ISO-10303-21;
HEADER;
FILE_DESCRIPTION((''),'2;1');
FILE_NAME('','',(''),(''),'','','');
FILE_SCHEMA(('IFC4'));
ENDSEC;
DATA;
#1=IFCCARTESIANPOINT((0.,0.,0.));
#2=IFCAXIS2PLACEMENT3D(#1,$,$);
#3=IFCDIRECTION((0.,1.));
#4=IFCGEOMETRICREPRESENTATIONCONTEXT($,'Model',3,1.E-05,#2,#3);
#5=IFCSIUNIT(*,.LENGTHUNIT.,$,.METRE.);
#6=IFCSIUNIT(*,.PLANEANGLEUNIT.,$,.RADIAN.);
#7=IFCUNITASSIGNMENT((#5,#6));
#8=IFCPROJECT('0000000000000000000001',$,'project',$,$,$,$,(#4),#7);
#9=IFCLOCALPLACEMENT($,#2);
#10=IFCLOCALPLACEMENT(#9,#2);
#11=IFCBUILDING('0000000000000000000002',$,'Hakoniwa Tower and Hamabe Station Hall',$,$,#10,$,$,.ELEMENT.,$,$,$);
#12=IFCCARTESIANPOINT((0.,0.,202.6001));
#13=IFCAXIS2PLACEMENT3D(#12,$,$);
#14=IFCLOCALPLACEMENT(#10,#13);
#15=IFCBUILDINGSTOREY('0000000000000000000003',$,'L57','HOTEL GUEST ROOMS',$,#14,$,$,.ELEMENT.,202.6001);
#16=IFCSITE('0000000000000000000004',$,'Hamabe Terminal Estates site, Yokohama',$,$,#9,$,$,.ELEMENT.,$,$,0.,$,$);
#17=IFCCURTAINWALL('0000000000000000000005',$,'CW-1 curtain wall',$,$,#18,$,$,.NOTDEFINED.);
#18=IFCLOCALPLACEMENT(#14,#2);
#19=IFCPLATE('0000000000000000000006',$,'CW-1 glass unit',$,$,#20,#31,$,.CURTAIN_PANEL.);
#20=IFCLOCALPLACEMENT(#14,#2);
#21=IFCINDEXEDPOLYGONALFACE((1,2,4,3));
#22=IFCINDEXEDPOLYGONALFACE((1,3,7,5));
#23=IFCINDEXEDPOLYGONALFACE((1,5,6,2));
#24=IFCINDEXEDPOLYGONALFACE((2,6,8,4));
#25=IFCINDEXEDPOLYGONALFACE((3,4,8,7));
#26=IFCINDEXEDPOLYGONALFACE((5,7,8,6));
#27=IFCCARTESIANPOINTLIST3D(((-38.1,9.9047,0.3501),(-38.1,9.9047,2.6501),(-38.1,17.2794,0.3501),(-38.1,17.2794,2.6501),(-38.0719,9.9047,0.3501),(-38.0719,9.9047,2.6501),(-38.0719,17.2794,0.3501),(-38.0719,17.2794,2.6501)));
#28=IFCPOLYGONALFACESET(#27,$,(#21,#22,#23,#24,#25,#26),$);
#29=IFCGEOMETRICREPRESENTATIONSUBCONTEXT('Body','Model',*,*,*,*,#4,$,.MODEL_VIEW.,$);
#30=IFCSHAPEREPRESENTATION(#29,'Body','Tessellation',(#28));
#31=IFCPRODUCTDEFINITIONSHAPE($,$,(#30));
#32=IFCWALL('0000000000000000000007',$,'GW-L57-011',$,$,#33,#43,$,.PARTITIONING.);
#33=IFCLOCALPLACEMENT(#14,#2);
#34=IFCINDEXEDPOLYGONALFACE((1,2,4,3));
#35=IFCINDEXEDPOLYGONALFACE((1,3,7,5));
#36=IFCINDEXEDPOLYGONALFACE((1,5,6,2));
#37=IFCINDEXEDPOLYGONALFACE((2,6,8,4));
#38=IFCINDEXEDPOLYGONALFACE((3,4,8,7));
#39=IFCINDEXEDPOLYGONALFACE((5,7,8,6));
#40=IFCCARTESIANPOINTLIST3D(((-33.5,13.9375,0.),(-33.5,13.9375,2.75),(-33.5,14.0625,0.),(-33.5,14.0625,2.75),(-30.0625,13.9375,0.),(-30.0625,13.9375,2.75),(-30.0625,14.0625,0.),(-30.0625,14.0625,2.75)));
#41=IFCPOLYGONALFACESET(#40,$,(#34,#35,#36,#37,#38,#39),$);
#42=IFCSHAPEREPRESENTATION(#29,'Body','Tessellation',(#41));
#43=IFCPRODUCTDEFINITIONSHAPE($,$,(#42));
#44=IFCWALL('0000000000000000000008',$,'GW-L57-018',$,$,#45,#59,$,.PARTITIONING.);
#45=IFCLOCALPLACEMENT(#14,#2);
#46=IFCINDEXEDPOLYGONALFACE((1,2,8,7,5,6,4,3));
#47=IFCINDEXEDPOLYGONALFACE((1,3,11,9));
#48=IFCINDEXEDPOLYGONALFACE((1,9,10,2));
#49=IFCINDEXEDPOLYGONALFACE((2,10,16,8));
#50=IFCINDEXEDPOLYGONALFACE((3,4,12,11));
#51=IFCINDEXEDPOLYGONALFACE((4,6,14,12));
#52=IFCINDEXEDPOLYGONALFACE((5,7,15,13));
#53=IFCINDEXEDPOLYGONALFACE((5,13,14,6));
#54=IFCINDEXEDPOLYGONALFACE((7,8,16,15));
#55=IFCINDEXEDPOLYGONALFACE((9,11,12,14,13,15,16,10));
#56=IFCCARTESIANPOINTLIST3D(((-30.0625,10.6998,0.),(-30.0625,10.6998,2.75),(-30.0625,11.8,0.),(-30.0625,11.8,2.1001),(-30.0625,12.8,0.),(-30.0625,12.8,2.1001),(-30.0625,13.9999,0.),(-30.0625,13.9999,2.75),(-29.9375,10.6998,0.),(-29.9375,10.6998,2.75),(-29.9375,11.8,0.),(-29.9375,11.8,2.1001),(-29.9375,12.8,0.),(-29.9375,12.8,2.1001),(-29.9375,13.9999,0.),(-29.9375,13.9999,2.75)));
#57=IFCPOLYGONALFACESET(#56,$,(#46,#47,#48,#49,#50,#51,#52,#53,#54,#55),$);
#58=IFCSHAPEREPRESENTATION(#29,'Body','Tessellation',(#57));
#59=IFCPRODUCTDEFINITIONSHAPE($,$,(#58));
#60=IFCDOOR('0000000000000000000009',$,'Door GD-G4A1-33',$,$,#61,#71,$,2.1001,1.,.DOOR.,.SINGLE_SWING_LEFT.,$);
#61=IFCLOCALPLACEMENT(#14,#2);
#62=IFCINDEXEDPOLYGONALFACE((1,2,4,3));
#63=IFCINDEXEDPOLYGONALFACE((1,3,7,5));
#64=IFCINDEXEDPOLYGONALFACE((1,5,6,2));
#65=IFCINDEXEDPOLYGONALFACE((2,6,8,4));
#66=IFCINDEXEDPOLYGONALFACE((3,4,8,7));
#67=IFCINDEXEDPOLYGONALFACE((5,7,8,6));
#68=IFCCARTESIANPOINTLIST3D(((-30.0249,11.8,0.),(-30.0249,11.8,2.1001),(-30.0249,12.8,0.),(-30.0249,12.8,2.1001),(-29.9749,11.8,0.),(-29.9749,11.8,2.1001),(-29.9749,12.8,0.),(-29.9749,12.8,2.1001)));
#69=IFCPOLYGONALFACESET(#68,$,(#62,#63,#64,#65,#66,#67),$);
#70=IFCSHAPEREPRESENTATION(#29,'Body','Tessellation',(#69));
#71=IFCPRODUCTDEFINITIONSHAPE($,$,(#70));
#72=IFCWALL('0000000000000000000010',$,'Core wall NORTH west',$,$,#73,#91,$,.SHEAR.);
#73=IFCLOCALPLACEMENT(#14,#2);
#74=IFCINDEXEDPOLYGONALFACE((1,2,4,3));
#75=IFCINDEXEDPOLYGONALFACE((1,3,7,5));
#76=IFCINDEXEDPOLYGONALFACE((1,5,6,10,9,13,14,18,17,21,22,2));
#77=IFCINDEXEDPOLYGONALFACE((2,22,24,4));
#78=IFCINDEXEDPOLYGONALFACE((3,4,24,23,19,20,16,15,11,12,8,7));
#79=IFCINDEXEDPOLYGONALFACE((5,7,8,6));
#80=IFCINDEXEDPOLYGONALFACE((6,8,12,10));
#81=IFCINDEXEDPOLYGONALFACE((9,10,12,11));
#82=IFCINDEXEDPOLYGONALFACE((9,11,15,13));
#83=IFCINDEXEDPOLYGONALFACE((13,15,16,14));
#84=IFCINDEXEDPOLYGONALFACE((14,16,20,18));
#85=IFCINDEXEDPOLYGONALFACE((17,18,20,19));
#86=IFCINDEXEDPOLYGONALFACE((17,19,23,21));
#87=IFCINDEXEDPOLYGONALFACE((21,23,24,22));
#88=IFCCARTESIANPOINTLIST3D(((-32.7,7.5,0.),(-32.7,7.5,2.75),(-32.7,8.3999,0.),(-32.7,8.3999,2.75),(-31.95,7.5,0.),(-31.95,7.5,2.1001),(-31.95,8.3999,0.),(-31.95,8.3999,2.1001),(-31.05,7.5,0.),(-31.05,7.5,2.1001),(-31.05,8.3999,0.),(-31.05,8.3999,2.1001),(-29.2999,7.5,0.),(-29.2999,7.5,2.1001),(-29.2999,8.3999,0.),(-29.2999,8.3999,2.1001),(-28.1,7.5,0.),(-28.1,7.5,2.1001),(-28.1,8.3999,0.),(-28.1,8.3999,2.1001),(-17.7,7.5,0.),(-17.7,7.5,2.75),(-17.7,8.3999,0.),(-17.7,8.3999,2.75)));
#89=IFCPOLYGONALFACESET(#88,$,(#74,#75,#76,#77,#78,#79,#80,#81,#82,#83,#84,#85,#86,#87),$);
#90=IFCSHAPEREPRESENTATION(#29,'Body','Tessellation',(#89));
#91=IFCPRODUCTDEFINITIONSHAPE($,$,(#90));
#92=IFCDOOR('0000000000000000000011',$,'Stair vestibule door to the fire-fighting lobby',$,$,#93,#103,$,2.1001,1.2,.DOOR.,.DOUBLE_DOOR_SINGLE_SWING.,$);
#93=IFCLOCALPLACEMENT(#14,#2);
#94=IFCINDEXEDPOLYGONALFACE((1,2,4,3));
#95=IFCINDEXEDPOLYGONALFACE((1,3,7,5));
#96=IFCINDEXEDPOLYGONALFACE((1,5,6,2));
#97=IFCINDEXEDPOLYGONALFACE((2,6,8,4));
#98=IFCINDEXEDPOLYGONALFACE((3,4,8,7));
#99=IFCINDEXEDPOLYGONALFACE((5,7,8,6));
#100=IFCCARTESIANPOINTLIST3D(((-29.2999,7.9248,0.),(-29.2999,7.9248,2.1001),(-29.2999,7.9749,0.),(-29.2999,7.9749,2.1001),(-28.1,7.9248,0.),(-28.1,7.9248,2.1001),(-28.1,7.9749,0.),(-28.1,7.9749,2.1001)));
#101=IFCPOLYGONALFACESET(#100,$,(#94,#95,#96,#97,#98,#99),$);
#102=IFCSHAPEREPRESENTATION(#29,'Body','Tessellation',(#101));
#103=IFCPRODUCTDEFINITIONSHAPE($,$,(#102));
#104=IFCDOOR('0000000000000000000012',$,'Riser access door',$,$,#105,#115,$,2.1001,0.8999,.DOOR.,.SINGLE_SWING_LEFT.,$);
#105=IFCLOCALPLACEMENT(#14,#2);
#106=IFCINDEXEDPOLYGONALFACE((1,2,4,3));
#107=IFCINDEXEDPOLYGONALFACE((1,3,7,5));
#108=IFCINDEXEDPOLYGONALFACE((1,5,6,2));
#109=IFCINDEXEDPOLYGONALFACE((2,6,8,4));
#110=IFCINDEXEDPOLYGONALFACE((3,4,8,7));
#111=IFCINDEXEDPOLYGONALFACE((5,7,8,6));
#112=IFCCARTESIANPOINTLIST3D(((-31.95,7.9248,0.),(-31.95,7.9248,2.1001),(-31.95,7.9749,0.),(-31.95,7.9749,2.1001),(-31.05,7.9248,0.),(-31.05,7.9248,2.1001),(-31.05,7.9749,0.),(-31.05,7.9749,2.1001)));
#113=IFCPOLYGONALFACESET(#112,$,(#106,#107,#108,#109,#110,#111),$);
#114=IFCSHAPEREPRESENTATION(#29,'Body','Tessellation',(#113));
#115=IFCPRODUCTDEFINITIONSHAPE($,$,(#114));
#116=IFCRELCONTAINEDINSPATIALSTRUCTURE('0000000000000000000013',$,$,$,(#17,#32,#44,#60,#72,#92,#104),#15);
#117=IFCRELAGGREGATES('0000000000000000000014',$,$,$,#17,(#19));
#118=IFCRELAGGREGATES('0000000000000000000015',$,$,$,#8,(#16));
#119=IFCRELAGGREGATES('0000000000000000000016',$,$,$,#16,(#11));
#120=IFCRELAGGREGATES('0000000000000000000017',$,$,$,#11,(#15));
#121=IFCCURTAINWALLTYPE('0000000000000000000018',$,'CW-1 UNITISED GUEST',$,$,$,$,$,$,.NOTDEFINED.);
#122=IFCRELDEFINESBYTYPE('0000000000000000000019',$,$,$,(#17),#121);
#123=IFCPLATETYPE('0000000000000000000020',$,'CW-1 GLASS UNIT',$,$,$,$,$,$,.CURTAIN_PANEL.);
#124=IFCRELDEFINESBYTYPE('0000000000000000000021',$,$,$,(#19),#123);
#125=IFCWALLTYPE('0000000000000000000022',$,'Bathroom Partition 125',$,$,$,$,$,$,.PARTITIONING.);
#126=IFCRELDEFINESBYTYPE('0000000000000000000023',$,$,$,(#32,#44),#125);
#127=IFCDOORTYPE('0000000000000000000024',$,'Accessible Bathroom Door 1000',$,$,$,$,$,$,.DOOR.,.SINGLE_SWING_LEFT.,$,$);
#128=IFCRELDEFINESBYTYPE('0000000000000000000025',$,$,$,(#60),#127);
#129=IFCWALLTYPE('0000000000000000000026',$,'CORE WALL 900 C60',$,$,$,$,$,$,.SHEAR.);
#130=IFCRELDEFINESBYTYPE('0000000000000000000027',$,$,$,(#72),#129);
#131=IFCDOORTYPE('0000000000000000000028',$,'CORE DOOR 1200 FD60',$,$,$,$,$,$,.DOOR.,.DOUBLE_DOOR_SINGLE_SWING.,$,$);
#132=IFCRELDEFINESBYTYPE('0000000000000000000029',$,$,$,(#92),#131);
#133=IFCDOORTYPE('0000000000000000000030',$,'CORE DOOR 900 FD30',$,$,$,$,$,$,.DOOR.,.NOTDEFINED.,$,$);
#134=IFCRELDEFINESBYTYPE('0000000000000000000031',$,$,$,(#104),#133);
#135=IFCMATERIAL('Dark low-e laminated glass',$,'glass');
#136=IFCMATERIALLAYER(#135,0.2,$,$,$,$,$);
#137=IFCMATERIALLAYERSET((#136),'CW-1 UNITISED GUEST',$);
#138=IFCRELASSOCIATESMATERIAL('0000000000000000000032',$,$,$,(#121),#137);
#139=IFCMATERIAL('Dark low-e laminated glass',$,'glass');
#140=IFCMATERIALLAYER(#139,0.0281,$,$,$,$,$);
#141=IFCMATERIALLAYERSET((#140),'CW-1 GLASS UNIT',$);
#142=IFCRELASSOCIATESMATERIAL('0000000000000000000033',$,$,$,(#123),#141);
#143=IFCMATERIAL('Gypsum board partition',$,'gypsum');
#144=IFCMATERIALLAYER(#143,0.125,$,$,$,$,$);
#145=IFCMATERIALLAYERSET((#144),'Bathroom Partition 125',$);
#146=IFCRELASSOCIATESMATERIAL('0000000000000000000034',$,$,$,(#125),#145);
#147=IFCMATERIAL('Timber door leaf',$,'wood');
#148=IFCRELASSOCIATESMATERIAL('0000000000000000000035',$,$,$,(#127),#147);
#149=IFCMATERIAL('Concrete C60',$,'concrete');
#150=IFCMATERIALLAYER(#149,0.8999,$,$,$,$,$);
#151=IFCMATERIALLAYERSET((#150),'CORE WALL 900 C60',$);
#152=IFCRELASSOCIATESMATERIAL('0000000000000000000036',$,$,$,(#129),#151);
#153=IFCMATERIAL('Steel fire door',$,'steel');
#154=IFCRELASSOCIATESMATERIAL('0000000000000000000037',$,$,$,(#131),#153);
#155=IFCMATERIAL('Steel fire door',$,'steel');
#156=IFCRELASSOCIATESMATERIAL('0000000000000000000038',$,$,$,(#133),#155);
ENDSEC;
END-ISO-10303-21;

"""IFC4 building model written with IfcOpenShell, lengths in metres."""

from ifc_helpers import new_model, si_unit, direction, frame, frame_2d, origin, origin_2d, place, context, subcontext, project, spatial, rectangle, extrude, material, layer, layer_set, type_object, element, fill, aggregate, save


model = new_model("IFC4")

# Units and contexts
model_context = context("Model", 3, precision=1e-05, world=origin(), true_north=direction((0.0, 1.0)))
body_context = subcontext(model_context, "Body", "Model", "MODEL_VIEW")
ifc_project = project(units=[si_unit("LENGTHUNIT", "METRE"), si_unit("PLANEANGLEUNIT", "RADIAN")], contexts=[model_context])

# Site, building, storey
site_placement = place(None, origin())
site = spatial("IfcSite", under=ifc_project, at=site_placement, Name="Hamabe Terminal Estates site, Yokohama", CompositionType="ELEMENT", RefElevation=0.0)
building_placement = place(site_placement, origin())
building = spatial("IfcBuilding", under=site, at=building_placement, Name="Hakoniwa Tower and Hamabe Station Hall", CompositionType="ELEMENT")
storey_placement = place(building_placement, frame((0.0, 0.0, 202.6001)))
storey = spatial("IfcBuildingStorey", under=building, at=storey_placement, Name="L57", Description="HOTEL GUEST ROOMS", CompositionType="ELEMENT", Elevation=202.6001)

# Curtain wall
ifc_material_1 = material(Name="Dark low-e laminated glass", Category="glass")
ifc_layer_1 = layer(ifc_material_1, 0.2)
ifc_layer_set_1 = layer_set([ifc_layer_1], Name="CW-1 UNITISED GUEST")
curtain_wall_type = type_object("IfcCurtainWallType", Name="CW-1 UNITISED GUEST", PredefinedType="NOTDEFINED", material=ifc_layer_set_1)
curtain_wall_1_placement = place(storey_placement, origin())
curtain_wall_1 = element("IfcCurtainWall", 1, at=curtain_wall_1_placement, inside=storey, type_object=curtain_wall_type, Name="CW-1 curtain wall", PredefinedType="NOTDEFINED")

# Plate
ifc_material_2 = material(Name="Dark low-e laminated glass", Category="glass")
ifc_layer_2 = layer(ifc_material_2, 0.0281)
ifc_layer_set_2 = layer_set([ifc_layer_2], Name="CW-1 GLASS UNIT")
plate_type = type_object("IfcPlateType", Name="CW-1 GLASS UNIT", PredefinedType="CURTAIN_PANEL", material=ifc_layer_set_2)
plate_1_placement = place(storey_placement, frame((-38.0859, 13.592, 0.3501), z_axis=(0.0, 0.0, 1.0), x_axis=(0.0, -1.0, 0.0)))
plate_1 = element("IfcPlate", 2, at=plate_1_placement, type_object=plate_type, Name="CW-1 glass unit", PredefinedType="CURTAIN_PANEL", context=body_context, shape_type="SweptSolid", body=[
    extrude(rectangle(XDim=7.3748, YDim=0.0281, at=origin_2d()), origin(), (0.0, 0.0, 1.0), 2.3),
])
aggregate(curtain_wall_1, [plate_1])

# Wall
ifc_material_3 = material(Name="Gypsum board partition", Category="gypsum")
ifc_layer_3 = layer(ifc_material_3, 0.125)
ifc_layer_set_3 = layer_set([ifc_layer_3], Name="Bathroom Partition 125")
wall_type_1 = type_object("IfcWallType", Name="Bathroom Partition 125", PredefinedType="PARTITIONING", material=ifc_layer_set_3)
wall_1_placement = place(storey_placement, frame((-33.5, 14.0, 0.0), z_axis=(0.0, 0.0, 1.0), x_axis=(1.0, 0.0, 0.0)))
element("IfcWall", 3, at=wall_1_placement, inside=storey, type_object=wall_type_1, Name="GW-L57-011", PredefinedType="PARTITIONING", context=body_context, shape_type="SweptSolid", body=[
    extrude(rectangle(XDim=3.4375, YDim=0.125, at=frame_2d((1.7188, 0.0))), origin(), (0.0, 0.0, 1.0), 2.75),
])

# Wall, opening, door
wall_2_placement = place(storey_placement, frame((-30.0, 10.7, 0.0), z_axis=(0.0, 0.0, 1.0), x_axis=(0.0, 1.0, 0.0)))
wall_2 = element("IfcWall", 4, at=wall_2_placement, inside=storey, type_object=wall_type_1, Name="GW-L57-018", PredefinedType="PARTITIONING", context=body_context, shape_type="SweptSolid", body=[
    extrude(rectangle(XDim=3.3, YDim=0.125, at=frame_2d((1.6499, 0.0))), origin(), (0.0, 0.0, 1.0), 2.75),
])
opening_1_placement = place(wall_2_placement, frame((1.1001, 0.0, 0.0)))
opening_1 = element("IfcOpeningElement", 5, at=opening_1_placement, cuts=wall_2, PredefinedType="OPENING", context=body_context, shape_type="SweptSolid", body=[
    extrude(rectangle(XDim=1.0, YDim=2.1001, at=frame_2d((0.5, 1.05))), frame((0.0, 0.0725, 0.0), z_axis=(0.0, -1.0, 0.0), x_axis=(1.0, 0.0, 0.0)), (0.0, 0.0, 1.0), 0.145),
])
ifc_material_4 = material(Name="Timber door leaf", Category="wood")
door_type_1 = type_object("IfcDoorType", Name="Accessible Bathroom Door 1000", OperationType="SINGLE_SWING_LEFT", PredefinedType="DOOR", material=ifc_material_4)
door_1_placement = place(opening_1_placement, origin())
door_1 = element("IfcDoor", 6, at=door_1_placement, inside=storey, type_object=door_type_1, Name="Door GD-G4A1-33", OperationType="SINGLE_SWING_LEFT", OverallHeight=2.1001, OverallWidth=1.0, PredefinedType="DOOR", context=body_context, shape_type="SweptSolid", body=[
    extrude(rectangle(XDim=1.0, YDim=2.1001, at=frame_2d((0.5, 1.05))), frame((0.0, 0.0249, 0.0), z_axis=(0.0, -1.0, 0.0), x_axis=(1.0, 0.0, 0.0)), (0.0, 0.0, 1.0), 0.05),
])
fill(opening_1, door_1)

# Wall, openings, doors
ifc_material_5 = material(Name="Concrete C60", Category="concrete")
ifc_layer_4 = layer(ifc_material_5, 0.8999)
ifc_layer_set_4 = layer_set([ifc_layer_4], Name="CORE WALL 900 C60")
wall_type_2 = type_object("IfcWallType", Name="CORE WALL 900 C60", PredefinedType="SHEAR", material=ifc_layer_set_4)
wall_3_placement = place(storey_placement, frame((-32.7, 7.95, 0.0), z_axis=(0.0, 0.0, 1.0), x_axis=(1.0, 0.0, 0.0)))
wall_3 = element("IfcWall", 7, at=wall_3_placement, inside=storey, type_object=wall_type_2, Name="Core wall NORTH west", PredefinedType="SHEAR", context=body_context, shape_type="SweptSolid", body=[
    extrude(rectangle(XDim=15.0, YDim=0.8999, at=frame_2d((7.5, 0.0))), origin(), (0.0, 0.0, 1.0), 2.75),
])
opening_2_placement = place(wall_3_placement, frame((3.3999, 0.0, 0.0)))
opening_2 = element("IfcOpeningElement", 8, at=opening_2_placement, cuts=wall_3, PredefinedType="OPENING", context=body_context, shape_type="SweptSolid", body=[
    extrude(rectangle(XDim=1.2, YDim=2.1001, at=frame_2d((0.6001, 1.05))), frame((0.0, 0.46, 0.0), z_axis=(0.0, -1.0, 0.0), x_axis=(1.0, 0.0, 0.0)), (0.0, 0.0, 1.0), 0.9199),
])
opening_3_placement = place(wall_3_placement, frame((0.75, 0.0, 0.0)))
opening_3 = element("IfcOpeningElement", 9, at=opening_3_placement, cuts=wall_3, PredefinedType="OPENING", context=body_context, shape_type="SweptSolid", body=[
    extrude(rectangle(XDim=0.8999, YDim=2.1001, at=frame_2d((0.45, 1.05))), frame((0.0, 0.46, 0.0), z_axis=(0.0, -1.0, 0.0), x_axis=(1.0, 0.0, 0.0)), (0.0, 0.0, 1.0), 0.9199),
])
ifc_material_6 = material(Name="Steel fire door", Category="steel")
door_type_2 = type_object("IfcDoorType", Name="CORE DOOR 1200 FD60", OperationType="DOUBLE_DOOR_SINGLE_SWING", PredefinedType="DOOR", material=ifc_material_6)
door_2_placement = place(opening_2_placement, origin())
door_2 = element("IfcDoor", 10, at=door_2_placement, inside=storey, type_object=door_type_2, Name="Stair vestibule door to the fire-fighting lobby", OperationType="DOUBLE_DOOR_SINGLE_SWING", OverallHeight=2.1001, OverallWidth=1.2, PredefinedType="DOOR", context=body_context, shape_type="SweptSolid", body=[
    extrude(rectangle(XDim=1.2, YDim=2.1001, at=frame_2d((0.6001, 1.05))), frame((0.0, 0.0249, 0.0), z_axis=(0.0, -1.0, 0.0), x_axis=(1.0, 0.0, 0.0)), (0.0, 0.0, 1.0), 0.05),
])
fill(opening_2, door_2)
ifc_material_7 = material(Name="Steel fire door", Category="steel")
door_type_3 = type_object("IfcDoorType", Name="CORE DOOR 900 FD30", OperationType="NOTDEFINED", PredefinedType="DOOR", material=ifc_material_7)
door_3_placement = place(opening_3_placement, origin())
door_3 = element("IfcDoor", 11, at=door_3_placement, inside=storey, type_object=door_type_3, Name="Riser access door", OperationType="SINGLE_SWING_LEFT", OverallHeight=2.1001, OverallWidth=0.8999, PredefinedType="DOOR", context=body_context, shape_type="SweptSolid", body=[
    extrude(rectangle(XDim=0.8999, YDim=2.1001, at=frame_2d((0.45, 1.05))), frame((0.0, 0.0249, 0.0), z_axis=(0.0, -1.0, 0.0), x_axis=(1.0, 0.0, 0.0)), (0.0, 0.0, 1.0), 0.05),
])
fill(opening_3, door_3)

save(model, "model.ifc")
